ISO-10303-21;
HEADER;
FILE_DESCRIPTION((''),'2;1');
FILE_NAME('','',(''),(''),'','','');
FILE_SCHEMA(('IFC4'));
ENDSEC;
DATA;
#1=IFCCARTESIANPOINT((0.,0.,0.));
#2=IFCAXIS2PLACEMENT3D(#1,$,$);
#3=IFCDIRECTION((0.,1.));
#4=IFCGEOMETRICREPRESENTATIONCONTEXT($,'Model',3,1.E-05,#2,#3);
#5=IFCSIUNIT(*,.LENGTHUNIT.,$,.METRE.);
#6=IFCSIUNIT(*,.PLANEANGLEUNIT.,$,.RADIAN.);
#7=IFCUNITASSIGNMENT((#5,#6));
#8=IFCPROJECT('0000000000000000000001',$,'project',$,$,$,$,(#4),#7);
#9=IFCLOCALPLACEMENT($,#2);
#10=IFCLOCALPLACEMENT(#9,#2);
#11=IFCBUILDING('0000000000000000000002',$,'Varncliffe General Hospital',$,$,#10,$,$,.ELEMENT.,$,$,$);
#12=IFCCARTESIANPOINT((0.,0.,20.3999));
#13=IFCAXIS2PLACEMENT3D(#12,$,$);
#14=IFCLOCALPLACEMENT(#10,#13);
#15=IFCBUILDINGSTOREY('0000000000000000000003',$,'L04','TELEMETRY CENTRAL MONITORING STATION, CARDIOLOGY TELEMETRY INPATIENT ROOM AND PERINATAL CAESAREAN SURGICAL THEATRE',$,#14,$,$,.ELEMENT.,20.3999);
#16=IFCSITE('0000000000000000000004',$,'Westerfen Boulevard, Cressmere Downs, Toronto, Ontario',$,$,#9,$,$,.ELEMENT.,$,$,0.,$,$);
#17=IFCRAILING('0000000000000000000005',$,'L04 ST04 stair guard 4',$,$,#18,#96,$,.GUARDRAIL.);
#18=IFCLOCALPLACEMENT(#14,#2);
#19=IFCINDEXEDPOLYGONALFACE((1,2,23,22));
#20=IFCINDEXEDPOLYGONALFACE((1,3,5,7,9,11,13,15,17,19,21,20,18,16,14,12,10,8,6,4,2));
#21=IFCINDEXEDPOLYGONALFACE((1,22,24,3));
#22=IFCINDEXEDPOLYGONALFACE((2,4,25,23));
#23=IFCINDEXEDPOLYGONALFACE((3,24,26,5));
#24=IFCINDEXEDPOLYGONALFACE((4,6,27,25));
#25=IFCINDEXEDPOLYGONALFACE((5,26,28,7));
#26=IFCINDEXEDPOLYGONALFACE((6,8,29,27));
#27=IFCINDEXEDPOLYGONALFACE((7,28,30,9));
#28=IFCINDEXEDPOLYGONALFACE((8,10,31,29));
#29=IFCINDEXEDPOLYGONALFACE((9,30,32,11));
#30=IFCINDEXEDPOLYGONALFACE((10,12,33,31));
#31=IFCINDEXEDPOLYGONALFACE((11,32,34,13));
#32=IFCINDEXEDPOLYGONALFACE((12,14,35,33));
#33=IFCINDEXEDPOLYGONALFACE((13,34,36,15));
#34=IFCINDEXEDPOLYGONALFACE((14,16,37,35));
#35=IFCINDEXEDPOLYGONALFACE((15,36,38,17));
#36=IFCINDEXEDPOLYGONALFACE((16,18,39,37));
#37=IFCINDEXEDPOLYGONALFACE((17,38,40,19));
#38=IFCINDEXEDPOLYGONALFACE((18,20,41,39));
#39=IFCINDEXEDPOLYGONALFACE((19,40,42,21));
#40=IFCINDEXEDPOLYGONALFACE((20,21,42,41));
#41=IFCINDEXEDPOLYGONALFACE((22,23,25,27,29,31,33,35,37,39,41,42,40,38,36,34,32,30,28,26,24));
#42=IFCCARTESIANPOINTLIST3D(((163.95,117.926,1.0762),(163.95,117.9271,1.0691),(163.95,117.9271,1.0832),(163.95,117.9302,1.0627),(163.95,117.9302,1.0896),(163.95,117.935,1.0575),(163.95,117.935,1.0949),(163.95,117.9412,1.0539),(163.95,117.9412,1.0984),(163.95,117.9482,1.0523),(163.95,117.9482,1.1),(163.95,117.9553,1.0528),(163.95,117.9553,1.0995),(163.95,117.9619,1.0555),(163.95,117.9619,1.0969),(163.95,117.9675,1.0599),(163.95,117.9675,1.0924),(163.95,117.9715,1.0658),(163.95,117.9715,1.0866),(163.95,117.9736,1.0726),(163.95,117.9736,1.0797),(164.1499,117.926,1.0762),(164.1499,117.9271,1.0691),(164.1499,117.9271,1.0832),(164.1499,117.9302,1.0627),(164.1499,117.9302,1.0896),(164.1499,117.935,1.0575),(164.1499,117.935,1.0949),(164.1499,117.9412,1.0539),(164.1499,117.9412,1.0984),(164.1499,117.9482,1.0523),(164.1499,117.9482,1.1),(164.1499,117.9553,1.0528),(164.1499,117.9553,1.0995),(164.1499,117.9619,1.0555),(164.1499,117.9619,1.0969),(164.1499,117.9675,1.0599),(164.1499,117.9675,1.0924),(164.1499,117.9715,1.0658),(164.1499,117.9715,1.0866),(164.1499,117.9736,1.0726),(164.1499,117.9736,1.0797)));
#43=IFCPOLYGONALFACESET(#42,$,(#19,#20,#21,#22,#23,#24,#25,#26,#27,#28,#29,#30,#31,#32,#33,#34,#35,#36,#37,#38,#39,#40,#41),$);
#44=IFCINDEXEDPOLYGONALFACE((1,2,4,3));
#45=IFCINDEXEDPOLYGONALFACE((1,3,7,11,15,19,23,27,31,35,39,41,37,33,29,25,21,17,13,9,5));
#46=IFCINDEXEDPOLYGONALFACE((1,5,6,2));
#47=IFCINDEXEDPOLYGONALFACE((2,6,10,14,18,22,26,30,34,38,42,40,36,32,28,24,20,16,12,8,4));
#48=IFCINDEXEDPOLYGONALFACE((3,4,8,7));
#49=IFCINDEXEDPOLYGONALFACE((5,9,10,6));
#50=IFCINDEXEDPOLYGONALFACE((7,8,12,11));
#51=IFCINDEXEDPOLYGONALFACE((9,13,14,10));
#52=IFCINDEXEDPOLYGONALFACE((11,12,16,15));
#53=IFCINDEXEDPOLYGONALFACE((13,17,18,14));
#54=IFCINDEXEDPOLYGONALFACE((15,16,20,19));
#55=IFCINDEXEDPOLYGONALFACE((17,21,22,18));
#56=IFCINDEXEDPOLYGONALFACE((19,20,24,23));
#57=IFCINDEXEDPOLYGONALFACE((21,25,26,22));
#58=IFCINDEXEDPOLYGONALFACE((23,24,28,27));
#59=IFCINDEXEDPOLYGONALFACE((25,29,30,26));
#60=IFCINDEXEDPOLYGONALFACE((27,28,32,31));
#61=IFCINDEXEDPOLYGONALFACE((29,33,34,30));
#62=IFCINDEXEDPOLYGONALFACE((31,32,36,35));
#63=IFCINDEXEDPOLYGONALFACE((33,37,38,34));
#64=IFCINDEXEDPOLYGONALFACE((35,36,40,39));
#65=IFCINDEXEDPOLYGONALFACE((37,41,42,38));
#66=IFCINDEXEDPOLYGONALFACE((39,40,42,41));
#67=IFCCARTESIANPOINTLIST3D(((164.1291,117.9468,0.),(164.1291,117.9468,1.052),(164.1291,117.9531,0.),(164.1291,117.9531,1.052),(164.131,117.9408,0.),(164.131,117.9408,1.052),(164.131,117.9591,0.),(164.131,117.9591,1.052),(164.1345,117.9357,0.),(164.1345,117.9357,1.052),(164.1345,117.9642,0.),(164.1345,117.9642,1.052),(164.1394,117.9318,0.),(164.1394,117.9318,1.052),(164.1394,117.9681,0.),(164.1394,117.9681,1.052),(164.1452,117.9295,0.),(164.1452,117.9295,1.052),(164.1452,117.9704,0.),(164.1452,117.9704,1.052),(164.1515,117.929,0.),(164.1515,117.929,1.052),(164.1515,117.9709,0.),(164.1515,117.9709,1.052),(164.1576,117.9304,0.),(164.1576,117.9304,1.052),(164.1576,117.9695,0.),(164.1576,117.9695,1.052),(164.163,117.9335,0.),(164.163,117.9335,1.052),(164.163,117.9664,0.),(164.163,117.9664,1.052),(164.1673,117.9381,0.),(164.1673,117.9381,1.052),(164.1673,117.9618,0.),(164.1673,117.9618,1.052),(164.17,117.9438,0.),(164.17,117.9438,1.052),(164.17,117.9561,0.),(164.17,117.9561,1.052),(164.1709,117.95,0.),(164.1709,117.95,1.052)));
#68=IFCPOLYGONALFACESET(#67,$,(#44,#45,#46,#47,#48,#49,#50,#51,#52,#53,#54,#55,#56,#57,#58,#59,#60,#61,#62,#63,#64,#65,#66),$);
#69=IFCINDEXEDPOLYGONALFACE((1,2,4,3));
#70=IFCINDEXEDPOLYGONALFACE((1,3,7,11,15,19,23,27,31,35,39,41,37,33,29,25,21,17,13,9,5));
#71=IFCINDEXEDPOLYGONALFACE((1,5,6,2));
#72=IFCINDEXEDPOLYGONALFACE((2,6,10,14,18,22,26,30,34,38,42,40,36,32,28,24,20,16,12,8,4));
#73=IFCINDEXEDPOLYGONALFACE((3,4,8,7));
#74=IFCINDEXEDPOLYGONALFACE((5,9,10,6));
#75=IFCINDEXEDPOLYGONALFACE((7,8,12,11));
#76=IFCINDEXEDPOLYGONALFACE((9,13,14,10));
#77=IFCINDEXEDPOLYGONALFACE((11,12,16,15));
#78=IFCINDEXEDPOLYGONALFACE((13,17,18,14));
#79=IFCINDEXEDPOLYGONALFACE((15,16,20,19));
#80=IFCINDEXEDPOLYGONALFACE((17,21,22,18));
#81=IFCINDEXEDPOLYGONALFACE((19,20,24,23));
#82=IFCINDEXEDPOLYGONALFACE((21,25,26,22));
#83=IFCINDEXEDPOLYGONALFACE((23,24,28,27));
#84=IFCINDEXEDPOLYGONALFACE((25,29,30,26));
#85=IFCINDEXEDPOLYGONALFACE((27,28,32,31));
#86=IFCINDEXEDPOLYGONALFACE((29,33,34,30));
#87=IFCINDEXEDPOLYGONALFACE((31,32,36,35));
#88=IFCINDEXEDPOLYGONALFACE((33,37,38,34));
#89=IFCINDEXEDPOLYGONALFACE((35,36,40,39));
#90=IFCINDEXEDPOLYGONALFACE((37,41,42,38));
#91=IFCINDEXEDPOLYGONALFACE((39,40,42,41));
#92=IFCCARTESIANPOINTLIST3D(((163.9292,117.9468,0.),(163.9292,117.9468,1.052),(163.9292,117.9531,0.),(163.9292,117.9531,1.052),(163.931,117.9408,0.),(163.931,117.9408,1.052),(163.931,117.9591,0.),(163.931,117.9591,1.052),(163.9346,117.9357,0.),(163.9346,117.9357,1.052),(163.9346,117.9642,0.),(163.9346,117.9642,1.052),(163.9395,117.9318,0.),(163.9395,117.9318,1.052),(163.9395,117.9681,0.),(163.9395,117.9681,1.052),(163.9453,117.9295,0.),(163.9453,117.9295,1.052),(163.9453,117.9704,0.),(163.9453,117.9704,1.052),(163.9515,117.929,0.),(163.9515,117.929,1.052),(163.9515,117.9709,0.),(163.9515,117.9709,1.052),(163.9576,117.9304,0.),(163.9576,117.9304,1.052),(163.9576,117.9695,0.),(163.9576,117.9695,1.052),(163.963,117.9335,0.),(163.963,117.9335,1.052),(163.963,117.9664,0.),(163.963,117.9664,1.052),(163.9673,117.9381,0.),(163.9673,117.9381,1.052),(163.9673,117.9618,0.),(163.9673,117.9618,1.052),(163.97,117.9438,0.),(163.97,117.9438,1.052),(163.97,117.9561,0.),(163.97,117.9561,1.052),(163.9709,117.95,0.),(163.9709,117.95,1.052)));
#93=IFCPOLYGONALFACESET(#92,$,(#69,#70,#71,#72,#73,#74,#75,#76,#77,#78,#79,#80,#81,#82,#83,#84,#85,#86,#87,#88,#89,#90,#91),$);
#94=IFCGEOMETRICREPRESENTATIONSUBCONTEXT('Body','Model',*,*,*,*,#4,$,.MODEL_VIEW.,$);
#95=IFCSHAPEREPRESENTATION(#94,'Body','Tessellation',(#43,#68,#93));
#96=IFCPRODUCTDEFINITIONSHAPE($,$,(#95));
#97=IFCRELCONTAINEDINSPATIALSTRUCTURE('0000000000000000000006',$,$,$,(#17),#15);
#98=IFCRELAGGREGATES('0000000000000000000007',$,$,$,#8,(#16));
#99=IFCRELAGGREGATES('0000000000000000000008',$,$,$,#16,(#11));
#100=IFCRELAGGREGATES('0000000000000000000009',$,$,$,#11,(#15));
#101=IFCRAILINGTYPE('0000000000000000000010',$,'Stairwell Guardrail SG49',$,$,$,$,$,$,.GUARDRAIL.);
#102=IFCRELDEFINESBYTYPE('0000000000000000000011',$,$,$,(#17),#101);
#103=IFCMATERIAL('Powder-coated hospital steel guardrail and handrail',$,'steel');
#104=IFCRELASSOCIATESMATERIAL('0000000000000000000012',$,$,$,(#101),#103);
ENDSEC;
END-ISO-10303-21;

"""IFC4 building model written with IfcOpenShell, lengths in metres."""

from ifc_helpers import new_model, si_unit, direction, frame, origin, origin_2d, place, context, subcontext, project, spatial, circle, extrude, material, type_object, element, save


model = new_model("IFC4")

# Units and contexts
model_context = context("Model", 3, precision=1e-05, world=origin(), true_north=direction((0.0, 1.0)))
body_context = subcontext(model_context, "Body", "Model", "MODEL_VIEW")
ifc_project = project(units=[si_unit("LENGTHUNIT", "METRE"), si_unit("PLANEANGLEUNIT", "RADIAN")], contexts=[model_context])

# Site, building, storey
site_placement = place(None, origin())
site = spatial("IfcSite", under=ifc_project, at=site_placement, Name="Westerfen Boulevard, Cressmere Downs, Toronto, Ontario", CompositionType="ELEMENT", RefElevation=0.0)
building_placement = place(site_placement, origin())
building = spatial("IfcBuilding", under=site, at=building_placement, Name="Varncliffe General Hospital", CompositionType="ELEMENT")
storey_placement = place(building_placement, frame((0.0, 0.0, 20.3999)))
storey = spatial("IfcBuildingStorey", under=building, at=storey_placement, Name="L04", Description="TELEMETRY CENTRAL MONITORING STATION, CARDIOLOGY TELEMETRY INPATIENT ROOM AND PERINATAL CAESAREAN SURGICAL THEATRE", CompositionType="ELEMENT", Elevation=20.3999)

# Railing
ifc_material_1 = material(Name="Powder-coated hospital steel guardrail and handrail", Category="steel")
railing_type_1 = type_object("IfcRailingType", Name="Stairwell Guardrail SG49", PredefinedType="GUARDRAIL", material=ifc_material_1)
railing_1_placement = place(storey_placement, frame((164.1499, 117.95, 0.0)))
element("IfcRailing", 1, at=railing_1_placement, inside=storey, type_object=railing_type_1, Name="L04 ST04 stair guard 4", PredefinedType="GUARDRAIL", context=body_context, shape_type="SweptSolid", body=[
    extrude(circle(Radius=0.0239, at=origin_2d()), frame((0.0, 0.0, 1.0762), z_axis=(-1.0, 0.0, 0.0), x_axis=(0.0, -1.0, 0.0)), (0.0, 0.0, 1.0), 0.2),
    extrude(circle(Radius=0.021, at=origin_2d()), origin(), (0.0, 0.0, 1.0), 1.052),
    extrude(circle(Radius=0.021, at=origin_2d()), frame((-0.2, 0.0, 0.0)), (0.0, 0.0, 1.0), 1.052),
])

save(model, "model.ifc")
